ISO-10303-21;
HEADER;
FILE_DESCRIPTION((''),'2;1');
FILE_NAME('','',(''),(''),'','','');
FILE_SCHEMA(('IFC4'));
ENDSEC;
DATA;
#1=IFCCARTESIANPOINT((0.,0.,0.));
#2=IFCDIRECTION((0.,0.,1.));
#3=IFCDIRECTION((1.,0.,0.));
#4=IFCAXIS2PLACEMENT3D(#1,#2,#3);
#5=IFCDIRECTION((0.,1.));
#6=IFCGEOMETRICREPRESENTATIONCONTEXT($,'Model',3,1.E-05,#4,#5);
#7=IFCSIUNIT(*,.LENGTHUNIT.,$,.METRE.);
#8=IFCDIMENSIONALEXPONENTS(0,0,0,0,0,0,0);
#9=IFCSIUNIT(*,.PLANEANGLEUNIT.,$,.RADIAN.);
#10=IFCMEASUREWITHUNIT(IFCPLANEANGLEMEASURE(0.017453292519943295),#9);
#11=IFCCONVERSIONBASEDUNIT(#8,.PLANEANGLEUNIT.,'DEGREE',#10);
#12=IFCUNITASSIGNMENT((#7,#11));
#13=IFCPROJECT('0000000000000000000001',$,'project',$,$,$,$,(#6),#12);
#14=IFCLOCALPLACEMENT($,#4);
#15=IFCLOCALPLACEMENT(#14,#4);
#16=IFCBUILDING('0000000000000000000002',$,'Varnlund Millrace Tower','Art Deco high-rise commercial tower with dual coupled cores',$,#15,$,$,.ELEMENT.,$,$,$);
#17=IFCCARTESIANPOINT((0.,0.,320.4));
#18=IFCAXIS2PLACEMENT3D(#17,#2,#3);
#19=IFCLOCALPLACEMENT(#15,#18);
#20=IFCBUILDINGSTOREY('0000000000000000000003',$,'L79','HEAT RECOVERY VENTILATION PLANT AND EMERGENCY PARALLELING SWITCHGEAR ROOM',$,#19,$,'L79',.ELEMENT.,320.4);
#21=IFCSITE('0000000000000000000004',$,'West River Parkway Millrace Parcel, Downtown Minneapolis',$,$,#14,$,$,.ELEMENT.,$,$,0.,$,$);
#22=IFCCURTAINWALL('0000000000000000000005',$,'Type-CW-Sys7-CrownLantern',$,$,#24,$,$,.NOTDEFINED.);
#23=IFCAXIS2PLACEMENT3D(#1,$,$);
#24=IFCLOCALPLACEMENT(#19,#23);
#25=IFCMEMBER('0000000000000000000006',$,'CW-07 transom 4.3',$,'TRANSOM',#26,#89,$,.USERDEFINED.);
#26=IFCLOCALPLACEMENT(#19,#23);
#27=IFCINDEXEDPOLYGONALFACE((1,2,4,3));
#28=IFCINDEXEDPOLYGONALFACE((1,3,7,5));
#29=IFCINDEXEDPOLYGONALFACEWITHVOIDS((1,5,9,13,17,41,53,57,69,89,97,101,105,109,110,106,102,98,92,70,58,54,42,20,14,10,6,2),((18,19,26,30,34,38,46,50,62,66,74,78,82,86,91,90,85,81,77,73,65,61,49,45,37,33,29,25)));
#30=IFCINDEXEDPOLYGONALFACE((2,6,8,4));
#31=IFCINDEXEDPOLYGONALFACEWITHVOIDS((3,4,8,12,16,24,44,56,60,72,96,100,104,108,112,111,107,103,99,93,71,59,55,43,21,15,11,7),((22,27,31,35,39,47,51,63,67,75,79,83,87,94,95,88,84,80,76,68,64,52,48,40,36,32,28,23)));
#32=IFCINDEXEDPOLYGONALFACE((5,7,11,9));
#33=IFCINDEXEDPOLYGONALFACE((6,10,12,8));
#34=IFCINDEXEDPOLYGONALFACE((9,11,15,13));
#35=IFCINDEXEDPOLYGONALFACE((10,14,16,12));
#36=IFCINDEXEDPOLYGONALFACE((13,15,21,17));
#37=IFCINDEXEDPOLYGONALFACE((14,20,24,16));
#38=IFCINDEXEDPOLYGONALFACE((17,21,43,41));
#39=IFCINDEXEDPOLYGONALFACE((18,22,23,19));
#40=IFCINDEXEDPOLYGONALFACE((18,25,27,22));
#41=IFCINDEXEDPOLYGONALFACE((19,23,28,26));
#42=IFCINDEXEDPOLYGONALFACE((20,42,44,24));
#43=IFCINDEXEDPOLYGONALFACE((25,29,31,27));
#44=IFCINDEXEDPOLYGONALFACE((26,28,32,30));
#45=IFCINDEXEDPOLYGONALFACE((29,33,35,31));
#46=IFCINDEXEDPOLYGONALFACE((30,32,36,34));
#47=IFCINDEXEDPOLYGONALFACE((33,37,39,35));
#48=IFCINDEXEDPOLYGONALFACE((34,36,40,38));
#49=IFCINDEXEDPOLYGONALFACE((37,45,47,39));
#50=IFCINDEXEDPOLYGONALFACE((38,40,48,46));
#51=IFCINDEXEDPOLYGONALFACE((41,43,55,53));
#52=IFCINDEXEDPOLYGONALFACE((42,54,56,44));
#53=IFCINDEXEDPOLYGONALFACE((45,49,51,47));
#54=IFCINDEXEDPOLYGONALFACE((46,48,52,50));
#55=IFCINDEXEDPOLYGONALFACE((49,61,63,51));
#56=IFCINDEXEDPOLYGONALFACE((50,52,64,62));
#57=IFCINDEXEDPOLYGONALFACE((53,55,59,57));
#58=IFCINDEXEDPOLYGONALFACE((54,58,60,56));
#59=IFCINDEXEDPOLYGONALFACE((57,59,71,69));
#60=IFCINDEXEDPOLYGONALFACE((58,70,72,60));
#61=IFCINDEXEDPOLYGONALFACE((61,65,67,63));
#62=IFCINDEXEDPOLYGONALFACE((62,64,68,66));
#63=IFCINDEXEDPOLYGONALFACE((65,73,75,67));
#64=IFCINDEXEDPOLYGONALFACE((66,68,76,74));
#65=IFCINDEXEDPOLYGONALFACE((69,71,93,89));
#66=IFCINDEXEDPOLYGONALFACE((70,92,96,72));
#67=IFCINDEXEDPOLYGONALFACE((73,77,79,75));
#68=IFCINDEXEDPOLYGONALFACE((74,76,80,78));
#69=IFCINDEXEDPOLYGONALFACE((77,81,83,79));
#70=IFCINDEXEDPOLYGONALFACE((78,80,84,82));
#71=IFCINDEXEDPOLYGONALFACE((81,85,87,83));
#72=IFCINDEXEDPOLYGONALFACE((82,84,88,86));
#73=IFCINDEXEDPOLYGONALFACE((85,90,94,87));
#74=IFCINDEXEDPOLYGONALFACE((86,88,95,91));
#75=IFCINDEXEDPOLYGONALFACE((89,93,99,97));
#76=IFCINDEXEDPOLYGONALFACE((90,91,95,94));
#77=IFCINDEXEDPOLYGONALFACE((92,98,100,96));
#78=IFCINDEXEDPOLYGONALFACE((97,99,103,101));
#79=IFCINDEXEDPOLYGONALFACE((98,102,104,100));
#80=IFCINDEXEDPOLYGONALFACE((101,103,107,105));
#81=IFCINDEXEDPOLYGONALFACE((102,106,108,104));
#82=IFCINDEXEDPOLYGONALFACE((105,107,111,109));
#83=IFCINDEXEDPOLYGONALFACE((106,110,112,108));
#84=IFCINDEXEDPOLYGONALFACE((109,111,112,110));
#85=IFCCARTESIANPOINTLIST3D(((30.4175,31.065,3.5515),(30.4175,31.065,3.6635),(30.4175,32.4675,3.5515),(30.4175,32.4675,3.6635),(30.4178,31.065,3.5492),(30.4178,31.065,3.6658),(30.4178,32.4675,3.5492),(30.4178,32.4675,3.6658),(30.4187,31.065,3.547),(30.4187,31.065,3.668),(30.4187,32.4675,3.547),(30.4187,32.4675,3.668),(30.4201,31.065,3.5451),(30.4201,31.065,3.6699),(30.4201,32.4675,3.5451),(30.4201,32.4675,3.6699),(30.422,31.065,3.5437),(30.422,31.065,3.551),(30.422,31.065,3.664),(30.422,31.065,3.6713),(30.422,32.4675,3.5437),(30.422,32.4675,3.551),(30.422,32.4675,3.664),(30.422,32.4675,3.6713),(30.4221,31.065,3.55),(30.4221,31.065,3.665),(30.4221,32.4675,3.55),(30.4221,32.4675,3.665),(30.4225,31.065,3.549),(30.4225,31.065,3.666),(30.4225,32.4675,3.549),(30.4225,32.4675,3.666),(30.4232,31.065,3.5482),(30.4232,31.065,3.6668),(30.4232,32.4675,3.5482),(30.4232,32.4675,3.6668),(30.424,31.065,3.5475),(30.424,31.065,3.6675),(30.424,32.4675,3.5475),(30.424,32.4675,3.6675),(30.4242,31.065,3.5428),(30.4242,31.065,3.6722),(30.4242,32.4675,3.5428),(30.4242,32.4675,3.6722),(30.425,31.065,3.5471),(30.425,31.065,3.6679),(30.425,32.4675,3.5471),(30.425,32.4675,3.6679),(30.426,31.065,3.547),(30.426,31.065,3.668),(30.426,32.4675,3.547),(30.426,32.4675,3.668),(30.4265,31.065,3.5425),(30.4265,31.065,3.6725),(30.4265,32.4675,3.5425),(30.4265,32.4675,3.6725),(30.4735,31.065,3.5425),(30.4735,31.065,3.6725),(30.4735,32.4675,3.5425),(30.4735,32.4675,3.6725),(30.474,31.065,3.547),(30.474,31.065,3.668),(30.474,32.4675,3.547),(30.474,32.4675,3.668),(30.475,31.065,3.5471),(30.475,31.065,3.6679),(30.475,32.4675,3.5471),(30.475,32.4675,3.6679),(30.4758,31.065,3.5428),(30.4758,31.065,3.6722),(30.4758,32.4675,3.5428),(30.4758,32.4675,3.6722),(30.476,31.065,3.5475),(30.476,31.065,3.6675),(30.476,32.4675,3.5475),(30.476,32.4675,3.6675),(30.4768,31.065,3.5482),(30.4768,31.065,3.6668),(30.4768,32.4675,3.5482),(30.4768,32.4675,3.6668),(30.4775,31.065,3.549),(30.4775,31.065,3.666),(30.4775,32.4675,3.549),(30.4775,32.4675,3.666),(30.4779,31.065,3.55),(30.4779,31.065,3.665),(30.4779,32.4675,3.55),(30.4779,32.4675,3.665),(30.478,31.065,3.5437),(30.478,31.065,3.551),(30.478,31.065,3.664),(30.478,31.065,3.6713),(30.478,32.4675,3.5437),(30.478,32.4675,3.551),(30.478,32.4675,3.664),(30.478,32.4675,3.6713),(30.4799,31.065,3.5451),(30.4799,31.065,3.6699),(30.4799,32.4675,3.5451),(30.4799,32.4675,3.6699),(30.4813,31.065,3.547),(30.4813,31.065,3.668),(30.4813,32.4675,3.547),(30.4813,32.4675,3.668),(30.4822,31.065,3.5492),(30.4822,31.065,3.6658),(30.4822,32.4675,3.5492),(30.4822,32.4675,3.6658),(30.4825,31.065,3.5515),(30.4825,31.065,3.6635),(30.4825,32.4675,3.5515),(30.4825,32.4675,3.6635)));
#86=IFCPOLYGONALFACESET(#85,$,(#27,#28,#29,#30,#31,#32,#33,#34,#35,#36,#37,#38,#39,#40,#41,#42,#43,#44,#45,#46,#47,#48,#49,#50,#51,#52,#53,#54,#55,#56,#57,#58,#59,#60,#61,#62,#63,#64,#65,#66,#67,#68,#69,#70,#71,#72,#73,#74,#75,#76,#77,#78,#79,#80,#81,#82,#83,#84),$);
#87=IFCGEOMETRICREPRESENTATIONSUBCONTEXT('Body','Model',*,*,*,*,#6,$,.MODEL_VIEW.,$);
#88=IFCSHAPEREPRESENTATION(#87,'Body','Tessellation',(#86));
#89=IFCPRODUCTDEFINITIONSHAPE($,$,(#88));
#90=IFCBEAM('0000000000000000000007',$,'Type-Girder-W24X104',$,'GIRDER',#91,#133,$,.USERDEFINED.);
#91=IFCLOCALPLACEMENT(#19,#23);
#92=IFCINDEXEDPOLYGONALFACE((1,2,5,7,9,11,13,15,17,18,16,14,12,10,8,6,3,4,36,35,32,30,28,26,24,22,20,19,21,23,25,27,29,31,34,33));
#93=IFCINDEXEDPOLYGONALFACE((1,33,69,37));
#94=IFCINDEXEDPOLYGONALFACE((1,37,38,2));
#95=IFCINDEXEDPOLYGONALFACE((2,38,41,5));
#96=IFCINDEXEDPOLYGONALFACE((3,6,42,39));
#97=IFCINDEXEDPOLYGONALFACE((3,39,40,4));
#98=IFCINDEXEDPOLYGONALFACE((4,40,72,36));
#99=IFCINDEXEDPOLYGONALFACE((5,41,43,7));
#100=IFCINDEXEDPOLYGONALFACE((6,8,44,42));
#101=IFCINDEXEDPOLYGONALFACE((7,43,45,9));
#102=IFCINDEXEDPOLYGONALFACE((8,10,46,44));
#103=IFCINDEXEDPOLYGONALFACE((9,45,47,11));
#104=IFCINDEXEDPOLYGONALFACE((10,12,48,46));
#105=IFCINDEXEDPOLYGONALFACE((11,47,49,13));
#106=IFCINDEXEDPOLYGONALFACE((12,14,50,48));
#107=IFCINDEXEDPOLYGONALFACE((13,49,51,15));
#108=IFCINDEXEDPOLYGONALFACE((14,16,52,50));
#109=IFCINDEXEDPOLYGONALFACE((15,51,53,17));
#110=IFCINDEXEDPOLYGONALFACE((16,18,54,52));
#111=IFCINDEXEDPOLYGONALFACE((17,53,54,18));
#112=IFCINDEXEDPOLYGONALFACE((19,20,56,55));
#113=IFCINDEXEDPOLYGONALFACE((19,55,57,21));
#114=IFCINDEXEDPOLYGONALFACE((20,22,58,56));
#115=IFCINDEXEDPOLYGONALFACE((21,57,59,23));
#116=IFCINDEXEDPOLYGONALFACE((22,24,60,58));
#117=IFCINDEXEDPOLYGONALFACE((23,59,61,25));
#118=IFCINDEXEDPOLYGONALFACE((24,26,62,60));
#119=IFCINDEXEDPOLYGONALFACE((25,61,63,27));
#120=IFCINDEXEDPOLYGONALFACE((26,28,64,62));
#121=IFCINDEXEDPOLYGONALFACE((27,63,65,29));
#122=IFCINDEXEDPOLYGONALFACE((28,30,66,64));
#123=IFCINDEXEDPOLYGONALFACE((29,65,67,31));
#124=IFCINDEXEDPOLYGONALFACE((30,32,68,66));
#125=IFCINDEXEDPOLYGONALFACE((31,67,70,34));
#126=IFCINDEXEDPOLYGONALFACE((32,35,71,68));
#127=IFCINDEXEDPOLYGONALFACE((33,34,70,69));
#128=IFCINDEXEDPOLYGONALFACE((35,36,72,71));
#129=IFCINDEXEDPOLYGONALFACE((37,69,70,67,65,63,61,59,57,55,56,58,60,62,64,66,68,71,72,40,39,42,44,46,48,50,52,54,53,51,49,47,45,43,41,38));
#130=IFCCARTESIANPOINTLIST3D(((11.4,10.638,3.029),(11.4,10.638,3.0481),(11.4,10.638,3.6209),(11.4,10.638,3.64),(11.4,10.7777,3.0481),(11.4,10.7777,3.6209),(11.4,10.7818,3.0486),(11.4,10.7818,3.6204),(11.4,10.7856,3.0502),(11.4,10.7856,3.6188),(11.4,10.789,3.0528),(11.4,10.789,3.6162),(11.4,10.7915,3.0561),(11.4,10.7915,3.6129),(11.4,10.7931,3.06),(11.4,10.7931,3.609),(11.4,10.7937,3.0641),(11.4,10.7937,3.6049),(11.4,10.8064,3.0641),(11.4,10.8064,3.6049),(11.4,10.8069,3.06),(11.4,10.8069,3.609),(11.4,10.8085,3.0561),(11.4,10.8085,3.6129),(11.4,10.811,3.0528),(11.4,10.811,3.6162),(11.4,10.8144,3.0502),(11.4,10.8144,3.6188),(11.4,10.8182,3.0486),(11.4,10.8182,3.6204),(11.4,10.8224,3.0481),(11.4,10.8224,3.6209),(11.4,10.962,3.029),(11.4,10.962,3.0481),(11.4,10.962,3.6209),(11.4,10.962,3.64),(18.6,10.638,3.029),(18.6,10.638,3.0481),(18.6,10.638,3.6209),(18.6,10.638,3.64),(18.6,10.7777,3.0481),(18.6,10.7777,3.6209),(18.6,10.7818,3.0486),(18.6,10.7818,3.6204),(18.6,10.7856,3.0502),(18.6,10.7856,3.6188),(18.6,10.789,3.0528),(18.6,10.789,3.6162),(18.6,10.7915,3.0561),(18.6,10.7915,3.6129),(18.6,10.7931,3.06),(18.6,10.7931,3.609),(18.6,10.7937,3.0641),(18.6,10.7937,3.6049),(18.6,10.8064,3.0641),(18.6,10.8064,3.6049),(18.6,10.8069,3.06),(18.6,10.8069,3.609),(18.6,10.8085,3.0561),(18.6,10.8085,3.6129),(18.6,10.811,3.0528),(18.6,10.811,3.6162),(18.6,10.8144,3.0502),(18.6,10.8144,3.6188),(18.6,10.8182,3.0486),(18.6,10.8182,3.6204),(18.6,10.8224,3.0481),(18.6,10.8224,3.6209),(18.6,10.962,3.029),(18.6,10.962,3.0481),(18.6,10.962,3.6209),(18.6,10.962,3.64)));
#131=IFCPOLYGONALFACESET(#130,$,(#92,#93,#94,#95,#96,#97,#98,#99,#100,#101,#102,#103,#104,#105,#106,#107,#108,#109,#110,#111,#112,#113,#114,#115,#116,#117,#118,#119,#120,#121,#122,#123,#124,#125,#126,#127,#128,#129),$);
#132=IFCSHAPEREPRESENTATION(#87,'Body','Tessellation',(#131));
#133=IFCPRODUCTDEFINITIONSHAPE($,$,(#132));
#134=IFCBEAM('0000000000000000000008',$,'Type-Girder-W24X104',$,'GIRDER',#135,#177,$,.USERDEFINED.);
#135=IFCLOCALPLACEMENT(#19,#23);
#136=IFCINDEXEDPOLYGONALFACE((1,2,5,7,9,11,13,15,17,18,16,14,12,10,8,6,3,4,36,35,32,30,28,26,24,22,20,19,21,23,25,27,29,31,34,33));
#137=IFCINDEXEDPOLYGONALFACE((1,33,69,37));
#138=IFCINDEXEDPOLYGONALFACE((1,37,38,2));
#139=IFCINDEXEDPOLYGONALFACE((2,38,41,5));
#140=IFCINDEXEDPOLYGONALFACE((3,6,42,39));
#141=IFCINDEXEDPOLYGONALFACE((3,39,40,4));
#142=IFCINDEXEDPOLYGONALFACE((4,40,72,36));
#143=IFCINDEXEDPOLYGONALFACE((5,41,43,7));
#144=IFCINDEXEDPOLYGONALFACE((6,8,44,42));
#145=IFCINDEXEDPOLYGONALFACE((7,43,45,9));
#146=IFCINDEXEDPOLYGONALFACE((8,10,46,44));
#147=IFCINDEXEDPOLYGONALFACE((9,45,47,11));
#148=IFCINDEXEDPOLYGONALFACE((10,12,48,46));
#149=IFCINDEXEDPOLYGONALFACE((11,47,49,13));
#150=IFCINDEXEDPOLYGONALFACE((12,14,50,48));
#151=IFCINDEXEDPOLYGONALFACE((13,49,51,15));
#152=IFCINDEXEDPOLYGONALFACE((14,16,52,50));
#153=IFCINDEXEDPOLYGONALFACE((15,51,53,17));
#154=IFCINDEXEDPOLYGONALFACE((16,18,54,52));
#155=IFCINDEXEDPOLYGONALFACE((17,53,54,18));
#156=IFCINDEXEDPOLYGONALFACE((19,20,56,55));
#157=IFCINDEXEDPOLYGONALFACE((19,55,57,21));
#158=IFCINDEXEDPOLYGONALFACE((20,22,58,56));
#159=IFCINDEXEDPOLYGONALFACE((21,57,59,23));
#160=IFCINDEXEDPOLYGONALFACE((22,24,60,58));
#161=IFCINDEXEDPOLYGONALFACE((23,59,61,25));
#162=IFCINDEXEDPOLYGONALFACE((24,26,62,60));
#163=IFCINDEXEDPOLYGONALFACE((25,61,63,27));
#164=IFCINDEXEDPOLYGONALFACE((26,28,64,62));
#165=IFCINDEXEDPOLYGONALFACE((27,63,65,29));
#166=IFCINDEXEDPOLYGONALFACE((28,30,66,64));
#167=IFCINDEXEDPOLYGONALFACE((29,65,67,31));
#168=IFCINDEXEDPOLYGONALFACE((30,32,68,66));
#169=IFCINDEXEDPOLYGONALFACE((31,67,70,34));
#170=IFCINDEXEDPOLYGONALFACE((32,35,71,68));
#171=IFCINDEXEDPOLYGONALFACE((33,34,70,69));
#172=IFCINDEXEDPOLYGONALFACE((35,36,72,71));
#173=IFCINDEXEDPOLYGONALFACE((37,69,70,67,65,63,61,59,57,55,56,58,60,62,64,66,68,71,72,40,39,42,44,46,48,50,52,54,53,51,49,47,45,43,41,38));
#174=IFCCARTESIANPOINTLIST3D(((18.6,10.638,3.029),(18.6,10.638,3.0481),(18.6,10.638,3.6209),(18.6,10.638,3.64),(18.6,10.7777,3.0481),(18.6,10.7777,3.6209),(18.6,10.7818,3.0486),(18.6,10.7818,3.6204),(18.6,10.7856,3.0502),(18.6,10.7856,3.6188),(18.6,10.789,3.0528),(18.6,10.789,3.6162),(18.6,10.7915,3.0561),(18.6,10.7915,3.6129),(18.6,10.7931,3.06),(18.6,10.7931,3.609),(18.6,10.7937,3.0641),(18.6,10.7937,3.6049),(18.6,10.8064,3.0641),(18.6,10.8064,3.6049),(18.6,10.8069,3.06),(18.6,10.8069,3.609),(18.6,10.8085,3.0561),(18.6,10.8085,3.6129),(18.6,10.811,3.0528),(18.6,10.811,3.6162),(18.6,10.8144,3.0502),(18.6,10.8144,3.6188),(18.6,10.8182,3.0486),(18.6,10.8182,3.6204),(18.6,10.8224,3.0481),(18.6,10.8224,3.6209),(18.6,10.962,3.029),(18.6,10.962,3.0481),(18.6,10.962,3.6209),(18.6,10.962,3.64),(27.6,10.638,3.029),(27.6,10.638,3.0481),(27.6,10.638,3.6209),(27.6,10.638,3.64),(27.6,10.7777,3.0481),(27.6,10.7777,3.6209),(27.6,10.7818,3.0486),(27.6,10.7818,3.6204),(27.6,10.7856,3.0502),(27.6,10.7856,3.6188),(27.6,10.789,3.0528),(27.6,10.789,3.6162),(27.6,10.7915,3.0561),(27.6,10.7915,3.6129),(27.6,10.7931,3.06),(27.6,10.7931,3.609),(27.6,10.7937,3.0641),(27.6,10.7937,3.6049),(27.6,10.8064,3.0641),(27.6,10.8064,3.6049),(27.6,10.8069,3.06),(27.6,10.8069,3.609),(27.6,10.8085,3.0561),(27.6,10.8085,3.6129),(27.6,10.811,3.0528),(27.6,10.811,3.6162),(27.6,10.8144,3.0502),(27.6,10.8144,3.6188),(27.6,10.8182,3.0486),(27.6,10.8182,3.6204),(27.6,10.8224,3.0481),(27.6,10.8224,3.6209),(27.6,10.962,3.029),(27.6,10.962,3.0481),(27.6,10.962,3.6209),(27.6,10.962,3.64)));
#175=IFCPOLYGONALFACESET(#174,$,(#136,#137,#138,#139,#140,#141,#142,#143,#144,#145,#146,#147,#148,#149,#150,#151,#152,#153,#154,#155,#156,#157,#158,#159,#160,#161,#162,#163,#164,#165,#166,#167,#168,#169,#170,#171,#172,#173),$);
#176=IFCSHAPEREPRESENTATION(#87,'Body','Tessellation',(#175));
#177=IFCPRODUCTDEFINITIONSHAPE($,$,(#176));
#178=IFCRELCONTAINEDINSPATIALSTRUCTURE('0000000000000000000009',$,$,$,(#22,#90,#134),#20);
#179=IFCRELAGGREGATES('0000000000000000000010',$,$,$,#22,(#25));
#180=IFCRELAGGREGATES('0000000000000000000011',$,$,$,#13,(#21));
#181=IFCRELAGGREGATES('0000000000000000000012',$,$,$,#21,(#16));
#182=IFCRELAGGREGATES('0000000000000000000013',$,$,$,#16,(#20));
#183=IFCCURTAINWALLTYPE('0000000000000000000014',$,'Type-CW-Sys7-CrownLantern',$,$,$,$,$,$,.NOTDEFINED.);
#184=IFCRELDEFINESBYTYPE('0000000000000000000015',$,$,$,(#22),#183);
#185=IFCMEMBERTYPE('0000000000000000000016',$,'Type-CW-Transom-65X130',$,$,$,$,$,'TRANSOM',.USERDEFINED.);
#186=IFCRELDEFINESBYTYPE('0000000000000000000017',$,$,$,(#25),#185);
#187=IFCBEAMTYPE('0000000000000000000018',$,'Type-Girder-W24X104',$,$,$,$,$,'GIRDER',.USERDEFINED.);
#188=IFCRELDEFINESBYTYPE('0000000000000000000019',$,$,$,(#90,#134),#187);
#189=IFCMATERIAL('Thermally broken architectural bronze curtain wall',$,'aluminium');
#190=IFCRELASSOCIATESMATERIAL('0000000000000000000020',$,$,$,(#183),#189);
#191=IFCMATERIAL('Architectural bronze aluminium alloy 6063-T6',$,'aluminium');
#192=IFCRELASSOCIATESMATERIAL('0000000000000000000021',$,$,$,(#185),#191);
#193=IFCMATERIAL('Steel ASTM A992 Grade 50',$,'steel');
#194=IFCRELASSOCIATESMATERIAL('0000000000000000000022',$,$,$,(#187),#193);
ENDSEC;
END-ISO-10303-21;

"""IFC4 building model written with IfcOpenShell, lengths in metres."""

from ifc_helpers import new_model, entity, si_unit, converted_unit, direction, frame, origin_with_axes, origin_2d_with_axis, place, context, subcontext, project, spatial, hollow_rectangle, i_section, extrude, material, material_profile, profile_set, type_object, element, aggregate, save


model = new_model("IFC4")

# Units and contexts
model_context = context("Model", 3, precision=1e-05, world=origin_with_axes(), true_north=direction((0.0, 1.0)))
body_context = subcontext(model_context, "Body", "Model", "MODEL_VIEW")
ifc_project = project(units=[si_unit("LENGTHUNIT", "METRE"), converted_unit("PLANEANGLEUNIT", "DEGREE", entity("IfcPlaneAngleMeasure", 0.017453292519943295), si_unit("PLANEANGLEUNIT", "RADIAN"), dimensions=[0, 0, 0, 0, 0, 0, 0])], contexts=[model_context])

# Site, building, storey
site_placement = place(None, origin_with_axes())
site = spatial("IfcSite", under=ifc_project, at=site_placement, Name="West River Parkway Millrace Parcel, Downtown Minneapolis", CompositionType="ELEMENT", RefElevation=0.0)
building_placement = place(site_placement, origin_with_axes())
building = spatial("IfcBuilding", under=site, at=building_placement, Name="Varnlund Millrace Tower", Description="Art Deco high-rise commercial tower with dual coupled cores", CompositionType="ELEMENT")
storey_placement = place(building_placement, frame((0.0, 0.0, 320.4), z_axis=(0.0, 0.0, 1.0), x_axis=(1.0, 0.0, 0.0)))
storey = spatial("IfcBuildingStorey", under=building, at=storey_placement, Name="L79", Description="HEAT RECOVERY VENTILATION PLANT AND EMERGENCY PARALLELING SWITCHGEAR ROOM", LongName="L79", CompositionType="ELEMENT", Elevation=320.4)

# Shared definitions
ifc_material_1 = material(Name="Steel ASTM A992 Grade 50", Category="steel")

# Curtain wall, member
ifc_material_2 = material(Name="Thermally broken architectural bronze curtain wall", Category="aluminium")
curtain_wall_type = type_object("IfcCurtainWallType", Name="Type-CW-Sys7-CrownLantern", PredefinedType="NOTDEFINED", material=ifc_material_2)
curtain_wall_placement = place(storey_placement, frame((30.45, 37.0, 0.0), z_axis=(0.0, 0.0, 1.0), x_axis=(1.0, 0.0, 0.0)))
curtain_wall = element("IfcCurtainWall", 1, at=curtain_wall_placement, inside=storey, type_object=curtain_wall_type, Name="Type-CW-Sys7-CrownLantern", PredefinedType="NOTDEFINED")
ifc_material_3 = material(Name="Architectural bronze aluminium alloy 6063-T6", Category="aluminium")
ifc_material_profile_1 = material_profile(ifc_material_3, hollow_rectangle(XDim=0.065, YDim=0.13, WallThickness=0.0045, InnerFilletRadius=0.004, OuterFilletRadius=0.009, at=origin_2d_with_axis()), Name="Architectural bronze aluminium alloy 6063-T6")
ifc_profile_set_1 = profile_set([ifc_material_profile_1], Name="Architectural bronze aluminium alloy 6063-T6")
member_type = type_object("IfcMemberType", Name="Type-CW-Transom-65X130", ElementType="TRANSOM", PredefinedType="USERDEFINED", material=ifc_profile_set_1)
member_1_placement = place(storey_placement, frame((30.45, 32.4675, 3.6075), z_axis=(0.0, -1.0, 0.0), x_axis=(1.0, 0.0, 0.0)))
member_1 = element("IfcMember", 2, at=member_1_placement, type_object=member_type, Name="CW-07 transom 4.3", ObjectType="TRANSOM", PredefinedType="USERDEFINED", context=body_context, shape_type="SweptSolid", body=[
    extrude(hollow_rectangle(XDim=0.065, YDim=0.13, WallThickness=0.0045, InnerFilletRadius=0.004, OuterFilletRadius=0.009, at=origin_2d_with_axis()), origin_with_axes(), (0.0, 0.0, 1.0), 1.4025),
])

# Beams
ifc_material_profile_2 = material_profile(ifc_material_1, i_section(OverallWidth=0.324, OverallDepth=0.611, WebThickness=0.0127, FlangeThickness=0.0191, FilletRadius=0.016, at=origin_2d_with_axis()), Name="Steel ASTM A992 Grade 50")
ifc_profile_set_2 = profile_set([ifc_material_profile_2], Name="Steel ASTM A992 Grade 50")
beam_type_1 = type_object("IfcBeamType", Name="Type-Girder-W24X104", ElementType="GIRDER", PredefinedType="USERDEFINED", material=ifc_profile_set_2)
beam_1_placement = place(storey_placement, frame((11.4, 10.8, 3.3345), z_axis=(1.0, 0.0, 0.0), x_axis=(0.0, 1.0, 0.0)))
element("IfcBeam", 3, at=beam_1_placement, inside=storey, type_object=beam_type_1, Name="Type-Girder-W24X104", ObjectType="GIRDER", PredefinedType="USERDEFINED", context=body_context, shape_type="SweptSolid", body=[
    extrude(i_section(OverallWidth=0.324, OverallDepth=0.611, WebThickness=0.0127, FlangeThickness=0.0191, FilletRadius=0.016, at=origin_2d_with_axis()), origin_with_axes(), (0.0, 0.0, 1.0), 7.2),
])
for number, where, z_axis, x_axis, name in (
    (4, (18.6, 10.8, 3.3345), (1.0, 0.0, 0.0), (0.0, 1.0, 0.0), "Type-Girder-W24X104"),
):
    element("IfcBeam", number, at=place(storey_placement, frame(where, z_axis=z_axis, x_axis=x_axis)), inside=storey, type_object=beam_type_1, Name=name, ObjectType="GIRDER", PredefinedType="USERDEFINED", context=body_context, shape_type="SweptSolid", body=[
        extrude(i_section(OverallWidth=0.324, OverallDepth=0.611, WebThickness=0.0127, FlangeThickness=0.0191, FilletRadius=0.016, at=origin_2d_with_axis()), origin_with_axes(), (0.0, 0.0, 1.0), 9.0),
    ])

aggregate(curtain_wall, [member_1])

save(model, "model.ifc")
